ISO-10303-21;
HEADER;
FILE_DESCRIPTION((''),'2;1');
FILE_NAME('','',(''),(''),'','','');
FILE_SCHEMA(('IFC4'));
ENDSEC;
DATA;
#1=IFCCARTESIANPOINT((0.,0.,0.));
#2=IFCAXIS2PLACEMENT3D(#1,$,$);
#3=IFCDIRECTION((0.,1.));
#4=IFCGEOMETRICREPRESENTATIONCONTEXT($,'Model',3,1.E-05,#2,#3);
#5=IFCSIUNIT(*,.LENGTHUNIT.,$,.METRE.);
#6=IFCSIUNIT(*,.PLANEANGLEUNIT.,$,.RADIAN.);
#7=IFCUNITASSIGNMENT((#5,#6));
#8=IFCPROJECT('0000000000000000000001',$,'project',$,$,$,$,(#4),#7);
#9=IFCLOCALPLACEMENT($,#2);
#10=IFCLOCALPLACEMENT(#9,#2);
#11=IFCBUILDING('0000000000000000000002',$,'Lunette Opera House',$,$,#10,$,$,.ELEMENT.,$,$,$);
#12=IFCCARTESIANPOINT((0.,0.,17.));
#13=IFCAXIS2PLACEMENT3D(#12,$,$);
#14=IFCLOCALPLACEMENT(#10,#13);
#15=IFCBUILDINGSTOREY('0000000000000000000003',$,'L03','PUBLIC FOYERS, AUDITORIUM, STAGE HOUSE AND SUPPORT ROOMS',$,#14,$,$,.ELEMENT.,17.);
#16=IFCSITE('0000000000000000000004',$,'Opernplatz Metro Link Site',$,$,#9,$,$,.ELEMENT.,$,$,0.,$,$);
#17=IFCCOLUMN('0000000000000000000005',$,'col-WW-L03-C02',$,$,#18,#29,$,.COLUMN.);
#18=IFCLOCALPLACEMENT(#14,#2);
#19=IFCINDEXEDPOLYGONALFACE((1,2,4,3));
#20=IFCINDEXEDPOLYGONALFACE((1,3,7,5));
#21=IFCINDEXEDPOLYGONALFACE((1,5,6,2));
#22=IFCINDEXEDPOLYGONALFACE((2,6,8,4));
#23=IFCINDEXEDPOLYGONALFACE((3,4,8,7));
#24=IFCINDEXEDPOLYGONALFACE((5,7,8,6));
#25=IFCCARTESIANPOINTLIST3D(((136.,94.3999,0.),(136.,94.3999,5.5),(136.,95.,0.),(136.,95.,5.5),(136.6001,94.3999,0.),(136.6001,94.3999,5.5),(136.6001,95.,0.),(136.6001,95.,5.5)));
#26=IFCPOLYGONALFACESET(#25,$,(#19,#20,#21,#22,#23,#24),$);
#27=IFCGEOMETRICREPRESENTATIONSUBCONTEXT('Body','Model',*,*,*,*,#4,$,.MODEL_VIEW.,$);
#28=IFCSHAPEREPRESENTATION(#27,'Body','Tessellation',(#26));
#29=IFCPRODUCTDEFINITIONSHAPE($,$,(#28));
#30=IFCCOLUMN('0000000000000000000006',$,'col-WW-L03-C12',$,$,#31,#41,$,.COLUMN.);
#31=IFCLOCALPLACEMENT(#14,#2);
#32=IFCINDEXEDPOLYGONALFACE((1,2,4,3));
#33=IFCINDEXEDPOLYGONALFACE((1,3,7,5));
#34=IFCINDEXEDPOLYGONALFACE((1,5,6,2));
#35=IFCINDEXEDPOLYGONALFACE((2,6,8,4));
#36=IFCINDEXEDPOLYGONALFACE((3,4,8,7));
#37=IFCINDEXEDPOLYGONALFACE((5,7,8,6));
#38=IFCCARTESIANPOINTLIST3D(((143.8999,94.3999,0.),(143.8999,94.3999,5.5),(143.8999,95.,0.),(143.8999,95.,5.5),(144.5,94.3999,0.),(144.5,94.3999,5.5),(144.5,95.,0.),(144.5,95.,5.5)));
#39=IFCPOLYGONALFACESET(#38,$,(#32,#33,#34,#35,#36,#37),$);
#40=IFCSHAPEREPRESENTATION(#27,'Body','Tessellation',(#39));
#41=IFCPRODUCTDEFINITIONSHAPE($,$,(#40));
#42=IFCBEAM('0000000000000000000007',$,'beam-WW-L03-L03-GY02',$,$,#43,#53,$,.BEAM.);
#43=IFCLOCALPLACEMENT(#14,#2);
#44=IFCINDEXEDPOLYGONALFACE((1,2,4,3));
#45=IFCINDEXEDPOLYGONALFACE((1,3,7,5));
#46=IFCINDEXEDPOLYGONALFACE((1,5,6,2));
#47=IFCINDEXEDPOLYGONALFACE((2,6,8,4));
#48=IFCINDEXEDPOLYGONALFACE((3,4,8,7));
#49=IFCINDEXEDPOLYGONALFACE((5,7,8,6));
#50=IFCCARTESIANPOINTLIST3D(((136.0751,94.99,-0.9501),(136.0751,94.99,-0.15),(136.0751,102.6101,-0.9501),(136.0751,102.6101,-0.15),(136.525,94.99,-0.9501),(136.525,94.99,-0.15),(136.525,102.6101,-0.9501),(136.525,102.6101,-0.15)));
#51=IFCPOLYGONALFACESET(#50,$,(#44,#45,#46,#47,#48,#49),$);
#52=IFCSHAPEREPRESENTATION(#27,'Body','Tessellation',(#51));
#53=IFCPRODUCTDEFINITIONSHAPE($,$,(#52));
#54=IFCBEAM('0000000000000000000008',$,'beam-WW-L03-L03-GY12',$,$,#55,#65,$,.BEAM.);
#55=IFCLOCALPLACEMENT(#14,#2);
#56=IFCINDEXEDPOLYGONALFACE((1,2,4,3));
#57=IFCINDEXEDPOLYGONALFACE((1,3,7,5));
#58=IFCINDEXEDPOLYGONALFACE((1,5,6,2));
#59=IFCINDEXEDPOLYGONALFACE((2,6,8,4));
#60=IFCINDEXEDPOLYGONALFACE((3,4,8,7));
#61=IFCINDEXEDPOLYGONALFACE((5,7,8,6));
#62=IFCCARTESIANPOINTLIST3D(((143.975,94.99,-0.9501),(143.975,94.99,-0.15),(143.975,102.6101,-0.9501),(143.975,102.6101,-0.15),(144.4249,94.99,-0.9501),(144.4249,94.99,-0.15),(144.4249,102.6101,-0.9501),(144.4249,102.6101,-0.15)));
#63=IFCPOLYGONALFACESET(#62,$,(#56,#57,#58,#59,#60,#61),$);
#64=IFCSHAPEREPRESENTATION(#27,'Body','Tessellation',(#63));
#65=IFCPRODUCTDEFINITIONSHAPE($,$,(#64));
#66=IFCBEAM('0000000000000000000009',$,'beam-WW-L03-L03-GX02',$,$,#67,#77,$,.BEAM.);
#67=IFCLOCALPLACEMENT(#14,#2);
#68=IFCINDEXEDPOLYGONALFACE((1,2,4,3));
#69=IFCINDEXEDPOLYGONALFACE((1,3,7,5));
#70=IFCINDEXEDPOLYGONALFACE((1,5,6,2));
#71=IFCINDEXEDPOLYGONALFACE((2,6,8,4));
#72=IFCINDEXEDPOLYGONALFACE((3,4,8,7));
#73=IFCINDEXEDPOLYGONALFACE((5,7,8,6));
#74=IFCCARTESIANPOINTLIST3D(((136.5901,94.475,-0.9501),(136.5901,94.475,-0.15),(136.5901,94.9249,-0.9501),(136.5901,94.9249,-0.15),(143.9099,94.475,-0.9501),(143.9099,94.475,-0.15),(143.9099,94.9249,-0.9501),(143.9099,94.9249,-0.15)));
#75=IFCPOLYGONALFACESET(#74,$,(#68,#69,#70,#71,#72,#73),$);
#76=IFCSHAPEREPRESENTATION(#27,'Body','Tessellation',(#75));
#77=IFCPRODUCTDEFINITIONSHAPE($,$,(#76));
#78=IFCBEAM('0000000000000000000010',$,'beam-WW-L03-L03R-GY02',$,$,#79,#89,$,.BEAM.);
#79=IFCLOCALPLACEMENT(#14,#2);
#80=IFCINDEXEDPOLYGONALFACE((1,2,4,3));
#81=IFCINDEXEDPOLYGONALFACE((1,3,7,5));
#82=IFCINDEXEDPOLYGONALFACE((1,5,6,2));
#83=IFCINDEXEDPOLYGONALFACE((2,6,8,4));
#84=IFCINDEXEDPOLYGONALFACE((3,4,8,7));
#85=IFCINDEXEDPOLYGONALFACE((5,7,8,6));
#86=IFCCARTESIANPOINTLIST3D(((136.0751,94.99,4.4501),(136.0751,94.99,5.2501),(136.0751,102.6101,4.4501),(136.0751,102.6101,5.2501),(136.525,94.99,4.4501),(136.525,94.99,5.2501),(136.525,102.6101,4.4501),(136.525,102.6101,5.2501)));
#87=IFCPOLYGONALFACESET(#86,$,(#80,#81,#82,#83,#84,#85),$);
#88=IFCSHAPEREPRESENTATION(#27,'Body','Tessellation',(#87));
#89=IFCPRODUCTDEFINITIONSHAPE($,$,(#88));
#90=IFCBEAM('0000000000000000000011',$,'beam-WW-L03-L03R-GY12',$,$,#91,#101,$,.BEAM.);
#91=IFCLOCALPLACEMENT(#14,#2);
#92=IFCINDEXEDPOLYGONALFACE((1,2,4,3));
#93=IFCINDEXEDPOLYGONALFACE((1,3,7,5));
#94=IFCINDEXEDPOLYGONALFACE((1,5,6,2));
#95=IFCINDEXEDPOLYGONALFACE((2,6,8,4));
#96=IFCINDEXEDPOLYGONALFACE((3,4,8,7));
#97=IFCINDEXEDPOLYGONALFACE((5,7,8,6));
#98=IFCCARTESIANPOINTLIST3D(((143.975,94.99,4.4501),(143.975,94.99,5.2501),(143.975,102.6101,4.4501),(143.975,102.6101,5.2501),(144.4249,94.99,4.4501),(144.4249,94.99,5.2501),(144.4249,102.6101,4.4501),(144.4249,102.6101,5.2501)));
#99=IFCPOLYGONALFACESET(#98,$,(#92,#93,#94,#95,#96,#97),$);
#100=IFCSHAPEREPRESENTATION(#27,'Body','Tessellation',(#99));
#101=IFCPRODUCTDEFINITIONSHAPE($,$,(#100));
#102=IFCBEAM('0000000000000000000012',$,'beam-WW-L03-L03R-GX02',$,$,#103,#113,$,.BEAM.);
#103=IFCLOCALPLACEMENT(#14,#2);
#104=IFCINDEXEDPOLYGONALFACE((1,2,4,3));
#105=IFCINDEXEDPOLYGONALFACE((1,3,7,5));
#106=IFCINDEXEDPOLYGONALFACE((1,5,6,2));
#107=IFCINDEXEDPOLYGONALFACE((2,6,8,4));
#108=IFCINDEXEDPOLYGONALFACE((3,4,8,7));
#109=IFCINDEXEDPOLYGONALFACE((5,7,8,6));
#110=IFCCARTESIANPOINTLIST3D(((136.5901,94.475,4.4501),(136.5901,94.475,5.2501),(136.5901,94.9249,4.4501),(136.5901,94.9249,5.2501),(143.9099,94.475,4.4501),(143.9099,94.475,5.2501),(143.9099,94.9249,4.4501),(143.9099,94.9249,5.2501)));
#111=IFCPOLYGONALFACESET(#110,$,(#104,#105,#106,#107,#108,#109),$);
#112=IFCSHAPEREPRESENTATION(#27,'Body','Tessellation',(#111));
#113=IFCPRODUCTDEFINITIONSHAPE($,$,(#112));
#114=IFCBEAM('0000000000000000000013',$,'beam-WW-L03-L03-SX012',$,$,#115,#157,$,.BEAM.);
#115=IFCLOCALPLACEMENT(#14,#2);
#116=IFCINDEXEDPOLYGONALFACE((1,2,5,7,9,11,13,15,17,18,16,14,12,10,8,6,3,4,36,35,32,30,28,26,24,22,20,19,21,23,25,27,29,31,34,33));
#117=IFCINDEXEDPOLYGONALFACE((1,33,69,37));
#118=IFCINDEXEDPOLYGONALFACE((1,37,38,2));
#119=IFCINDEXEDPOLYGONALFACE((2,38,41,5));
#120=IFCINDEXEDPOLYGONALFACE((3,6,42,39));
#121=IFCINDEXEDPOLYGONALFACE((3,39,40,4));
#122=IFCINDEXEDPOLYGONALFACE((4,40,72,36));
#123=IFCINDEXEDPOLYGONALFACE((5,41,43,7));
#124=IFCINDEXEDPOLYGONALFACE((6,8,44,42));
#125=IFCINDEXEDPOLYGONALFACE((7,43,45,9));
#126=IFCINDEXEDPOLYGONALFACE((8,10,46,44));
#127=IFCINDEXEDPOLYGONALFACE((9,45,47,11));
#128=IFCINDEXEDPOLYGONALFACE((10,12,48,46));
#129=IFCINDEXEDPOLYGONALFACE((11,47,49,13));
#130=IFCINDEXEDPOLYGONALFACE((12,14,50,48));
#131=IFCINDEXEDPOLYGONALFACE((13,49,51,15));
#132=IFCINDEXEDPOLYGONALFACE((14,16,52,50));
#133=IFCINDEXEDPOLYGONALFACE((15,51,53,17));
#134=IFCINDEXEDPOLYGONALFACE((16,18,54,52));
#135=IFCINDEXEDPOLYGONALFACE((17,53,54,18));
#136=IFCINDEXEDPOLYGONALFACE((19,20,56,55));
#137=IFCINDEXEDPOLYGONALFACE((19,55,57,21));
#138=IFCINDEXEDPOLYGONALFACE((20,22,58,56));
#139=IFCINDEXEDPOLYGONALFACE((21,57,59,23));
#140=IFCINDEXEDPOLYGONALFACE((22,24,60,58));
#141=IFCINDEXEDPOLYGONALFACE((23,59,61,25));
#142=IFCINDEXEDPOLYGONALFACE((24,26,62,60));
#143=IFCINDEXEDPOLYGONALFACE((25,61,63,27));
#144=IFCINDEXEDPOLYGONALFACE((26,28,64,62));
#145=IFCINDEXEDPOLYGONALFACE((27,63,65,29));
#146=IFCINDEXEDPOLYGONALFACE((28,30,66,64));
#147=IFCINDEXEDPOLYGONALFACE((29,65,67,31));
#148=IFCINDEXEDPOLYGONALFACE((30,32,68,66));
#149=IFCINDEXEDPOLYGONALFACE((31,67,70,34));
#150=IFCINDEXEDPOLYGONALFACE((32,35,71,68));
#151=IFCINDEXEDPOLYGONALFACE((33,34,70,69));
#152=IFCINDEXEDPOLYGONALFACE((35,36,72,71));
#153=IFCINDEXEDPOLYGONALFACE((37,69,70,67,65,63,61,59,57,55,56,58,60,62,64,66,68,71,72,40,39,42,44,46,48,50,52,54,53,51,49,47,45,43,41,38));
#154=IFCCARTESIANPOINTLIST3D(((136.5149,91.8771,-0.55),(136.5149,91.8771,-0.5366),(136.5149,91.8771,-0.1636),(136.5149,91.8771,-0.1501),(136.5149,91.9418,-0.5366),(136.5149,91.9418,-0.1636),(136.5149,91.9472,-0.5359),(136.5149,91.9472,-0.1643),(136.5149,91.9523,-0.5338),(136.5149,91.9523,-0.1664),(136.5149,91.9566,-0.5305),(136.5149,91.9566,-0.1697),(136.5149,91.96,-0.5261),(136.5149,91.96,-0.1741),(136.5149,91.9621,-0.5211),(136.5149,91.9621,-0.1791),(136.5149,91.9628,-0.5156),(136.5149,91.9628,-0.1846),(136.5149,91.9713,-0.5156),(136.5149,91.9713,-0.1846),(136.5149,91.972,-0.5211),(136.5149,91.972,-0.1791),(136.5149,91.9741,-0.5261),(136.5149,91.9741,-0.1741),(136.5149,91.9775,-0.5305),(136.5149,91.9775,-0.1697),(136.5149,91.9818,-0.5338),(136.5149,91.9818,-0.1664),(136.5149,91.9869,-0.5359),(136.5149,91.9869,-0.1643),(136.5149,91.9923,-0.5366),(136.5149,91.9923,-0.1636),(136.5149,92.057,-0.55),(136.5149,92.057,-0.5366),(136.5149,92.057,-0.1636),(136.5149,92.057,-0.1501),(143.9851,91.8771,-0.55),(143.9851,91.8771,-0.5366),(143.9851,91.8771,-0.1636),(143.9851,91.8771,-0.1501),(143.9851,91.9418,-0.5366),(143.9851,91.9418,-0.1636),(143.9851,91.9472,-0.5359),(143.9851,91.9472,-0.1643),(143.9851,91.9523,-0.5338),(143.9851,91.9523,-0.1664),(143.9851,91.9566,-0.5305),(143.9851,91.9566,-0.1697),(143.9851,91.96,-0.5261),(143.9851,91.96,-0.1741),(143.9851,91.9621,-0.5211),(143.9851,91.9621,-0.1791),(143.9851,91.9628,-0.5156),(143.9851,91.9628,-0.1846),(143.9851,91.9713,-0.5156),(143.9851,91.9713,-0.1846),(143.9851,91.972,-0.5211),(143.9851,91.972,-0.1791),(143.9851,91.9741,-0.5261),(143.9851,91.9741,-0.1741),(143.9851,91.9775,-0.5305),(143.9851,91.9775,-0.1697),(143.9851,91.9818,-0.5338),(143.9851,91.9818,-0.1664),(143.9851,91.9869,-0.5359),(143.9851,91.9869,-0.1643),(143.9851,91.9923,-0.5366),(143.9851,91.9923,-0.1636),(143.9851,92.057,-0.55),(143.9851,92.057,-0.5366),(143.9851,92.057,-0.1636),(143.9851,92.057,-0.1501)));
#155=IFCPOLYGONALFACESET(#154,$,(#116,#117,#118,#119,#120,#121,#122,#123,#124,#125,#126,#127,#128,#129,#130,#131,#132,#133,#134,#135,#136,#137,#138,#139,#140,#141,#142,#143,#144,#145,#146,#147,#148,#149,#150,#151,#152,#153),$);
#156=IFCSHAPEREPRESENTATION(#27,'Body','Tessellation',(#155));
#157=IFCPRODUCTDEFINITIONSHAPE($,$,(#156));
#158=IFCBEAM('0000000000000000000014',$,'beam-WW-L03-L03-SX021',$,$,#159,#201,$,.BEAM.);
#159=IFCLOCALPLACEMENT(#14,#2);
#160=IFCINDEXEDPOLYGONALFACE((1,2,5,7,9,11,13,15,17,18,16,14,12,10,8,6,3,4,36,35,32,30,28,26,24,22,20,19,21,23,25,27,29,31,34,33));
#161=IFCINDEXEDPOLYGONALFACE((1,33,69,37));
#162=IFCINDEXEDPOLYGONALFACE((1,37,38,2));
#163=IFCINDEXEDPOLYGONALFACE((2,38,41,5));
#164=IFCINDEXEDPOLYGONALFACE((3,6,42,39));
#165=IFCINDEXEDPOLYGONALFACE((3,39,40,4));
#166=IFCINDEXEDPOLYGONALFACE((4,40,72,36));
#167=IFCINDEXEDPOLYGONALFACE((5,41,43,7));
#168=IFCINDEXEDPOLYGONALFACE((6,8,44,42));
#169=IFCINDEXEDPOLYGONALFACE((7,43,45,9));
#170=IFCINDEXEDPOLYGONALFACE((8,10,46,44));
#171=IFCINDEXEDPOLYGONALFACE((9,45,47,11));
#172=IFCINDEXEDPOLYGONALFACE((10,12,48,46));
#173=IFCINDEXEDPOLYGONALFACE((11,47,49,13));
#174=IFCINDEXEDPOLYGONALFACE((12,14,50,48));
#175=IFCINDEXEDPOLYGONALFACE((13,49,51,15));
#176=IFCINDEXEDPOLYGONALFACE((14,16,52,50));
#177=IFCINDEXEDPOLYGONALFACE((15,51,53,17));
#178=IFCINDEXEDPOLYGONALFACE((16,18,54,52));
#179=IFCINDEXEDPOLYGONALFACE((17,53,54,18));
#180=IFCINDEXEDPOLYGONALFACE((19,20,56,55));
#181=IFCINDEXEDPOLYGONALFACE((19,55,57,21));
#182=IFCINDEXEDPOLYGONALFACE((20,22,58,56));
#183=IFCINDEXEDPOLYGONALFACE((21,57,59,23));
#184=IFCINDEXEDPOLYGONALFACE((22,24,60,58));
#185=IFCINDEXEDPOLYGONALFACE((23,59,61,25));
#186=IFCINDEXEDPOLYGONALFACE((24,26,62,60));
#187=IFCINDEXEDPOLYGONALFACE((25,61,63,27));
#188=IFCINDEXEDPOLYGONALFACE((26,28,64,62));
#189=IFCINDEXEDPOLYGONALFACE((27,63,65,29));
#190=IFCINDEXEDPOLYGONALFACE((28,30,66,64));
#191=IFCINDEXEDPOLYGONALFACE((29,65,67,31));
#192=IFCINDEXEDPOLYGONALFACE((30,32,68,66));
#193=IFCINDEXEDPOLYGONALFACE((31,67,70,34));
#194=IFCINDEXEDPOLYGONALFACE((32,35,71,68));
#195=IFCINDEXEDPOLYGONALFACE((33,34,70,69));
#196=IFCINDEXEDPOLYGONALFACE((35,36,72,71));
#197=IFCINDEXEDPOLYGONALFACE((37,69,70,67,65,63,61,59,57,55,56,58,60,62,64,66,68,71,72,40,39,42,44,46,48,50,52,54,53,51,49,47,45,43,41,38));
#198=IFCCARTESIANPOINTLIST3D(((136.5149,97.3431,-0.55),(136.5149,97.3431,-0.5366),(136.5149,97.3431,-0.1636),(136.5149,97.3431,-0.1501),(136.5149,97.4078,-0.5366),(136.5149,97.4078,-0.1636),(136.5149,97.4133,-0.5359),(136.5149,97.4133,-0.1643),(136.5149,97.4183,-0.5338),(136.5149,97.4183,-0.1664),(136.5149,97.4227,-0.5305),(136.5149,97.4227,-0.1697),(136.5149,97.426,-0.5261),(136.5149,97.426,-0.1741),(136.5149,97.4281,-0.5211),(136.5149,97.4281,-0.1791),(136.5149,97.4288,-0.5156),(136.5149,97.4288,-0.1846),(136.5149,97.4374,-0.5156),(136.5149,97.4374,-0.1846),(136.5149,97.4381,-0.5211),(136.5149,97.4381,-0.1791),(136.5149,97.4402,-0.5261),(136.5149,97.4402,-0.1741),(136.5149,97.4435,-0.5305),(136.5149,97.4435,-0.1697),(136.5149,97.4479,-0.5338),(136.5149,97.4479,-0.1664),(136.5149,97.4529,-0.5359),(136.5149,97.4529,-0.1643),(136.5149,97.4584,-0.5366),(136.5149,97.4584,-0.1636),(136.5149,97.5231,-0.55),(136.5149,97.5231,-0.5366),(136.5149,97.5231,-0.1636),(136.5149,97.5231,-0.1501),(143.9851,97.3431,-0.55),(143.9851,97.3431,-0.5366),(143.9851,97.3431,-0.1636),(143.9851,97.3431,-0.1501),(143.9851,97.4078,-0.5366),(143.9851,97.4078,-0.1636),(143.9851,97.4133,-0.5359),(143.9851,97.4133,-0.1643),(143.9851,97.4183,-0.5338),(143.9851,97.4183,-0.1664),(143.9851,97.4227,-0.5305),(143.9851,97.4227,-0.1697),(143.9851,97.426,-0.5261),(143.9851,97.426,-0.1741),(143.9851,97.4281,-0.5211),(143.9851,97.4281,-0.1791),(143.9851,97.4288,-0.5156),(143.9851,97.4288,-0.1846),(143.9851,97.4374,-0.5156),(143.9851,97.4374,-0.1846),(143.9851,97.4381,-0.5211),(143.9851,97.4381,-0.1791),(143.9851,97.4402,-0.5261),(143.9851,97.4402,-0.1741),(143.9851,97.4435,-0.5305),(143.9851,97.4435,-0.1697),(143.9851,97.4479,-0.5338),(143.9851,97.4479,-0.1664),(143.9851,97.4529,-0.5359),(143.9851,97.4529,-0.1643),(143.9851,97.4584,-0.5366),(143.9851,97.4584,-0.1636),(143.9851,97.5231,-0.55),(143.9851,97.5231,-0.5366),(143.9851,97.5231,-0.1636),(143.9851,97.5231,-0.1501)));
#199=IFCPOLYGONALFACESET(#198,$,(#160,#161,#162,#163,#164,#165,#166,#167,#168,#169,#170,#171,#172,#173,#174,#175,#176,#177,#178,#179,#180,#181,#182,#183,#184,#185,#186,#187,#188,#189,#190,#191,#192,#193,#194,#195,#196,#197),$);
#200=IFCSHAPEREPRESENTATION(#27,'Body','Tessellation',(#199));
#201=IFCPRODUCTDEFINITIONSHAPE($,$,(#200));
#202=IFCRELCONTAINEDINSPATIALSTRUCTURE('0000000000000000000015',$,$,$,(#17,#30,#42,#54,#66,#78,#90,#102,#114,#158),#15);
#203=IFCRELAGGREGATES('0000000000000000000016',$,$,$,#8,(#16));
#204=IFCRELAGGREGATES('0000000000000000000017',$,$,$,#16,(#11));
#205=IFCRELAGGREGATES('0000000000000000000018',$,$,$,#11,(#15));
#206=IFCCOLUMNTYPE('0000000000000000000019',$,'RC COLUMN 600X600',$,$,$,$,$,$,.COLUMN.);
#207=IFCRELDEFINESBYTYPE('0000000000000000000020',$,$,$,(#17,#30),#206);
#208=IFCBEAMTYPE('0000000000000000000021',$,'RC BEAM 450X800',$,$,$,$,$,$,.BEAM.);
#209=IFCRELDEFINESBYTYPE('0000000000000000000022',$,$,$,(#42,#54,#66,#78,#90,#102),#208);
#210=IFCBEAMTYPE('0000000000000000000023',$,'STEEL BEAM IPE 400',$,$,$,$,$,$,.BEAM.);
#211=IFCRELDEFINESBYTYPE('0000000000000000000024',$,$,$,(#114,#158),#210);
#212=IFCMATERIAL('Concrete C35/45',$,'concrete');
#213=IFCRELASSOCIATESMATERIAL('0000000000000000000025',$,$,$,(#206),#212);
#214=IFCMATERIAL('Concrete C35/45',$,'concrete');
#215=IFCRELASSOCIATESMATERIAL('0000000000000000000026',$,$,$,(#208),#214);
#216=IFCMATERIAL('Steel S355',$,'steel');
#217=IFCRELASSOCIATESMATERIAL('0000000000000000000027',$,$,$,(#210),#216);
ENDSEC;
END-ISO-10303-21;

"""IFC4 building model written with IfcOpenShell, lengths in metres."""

from ifc_helpers import new_model, si_unit, direction, frame, origin, origin_2d, place, context, subcontext, project, spatial, rectangle, i_section, extrude, material, material_profile, profile_set, type_object, element, save


model = new_model("IFC4")

# Units and contexts
model_context = context("Model", 3, precision=1e-05, world=origin(), true_north=direction((0.0, 1.0)))
body_context = subcontext(model_context, "Body", "Model", "MODEL_VIEW")
ifc_project = project(units=[si_unit("LENGTHUNIT", "METRE"), si_unit("PLANEANGLEUNIT", "RADIAN")], contexts=[model_context])

# Site, building, storey
site_placement = place(None, origin())
site = spatial("IfcSite", under=ifc_project, at=site_placement, Name="Opernplatz Metro Link Site", CompositionType="ELEMENT", RefElevation=0.0)
building_placement = place(site_placement, origin())
building = spatial("IfcBuilding", under=site, at=building_placement, Name="Lunette Opera House", CompositionType="ELEMENT")
storey_placement = place(building_placement, frame((0.0, 0.0, 17.0)))
storey = spatial("IfcBuildingStorey", under=building, at=storey_placement, Name="L03", Description="PUBLIC FOYERS, AUDITORIUM, STAGE HOUSE AND SUPPORT ROOMS", CompositionType="ELEMENT", Elevation=17.0)

# Columns
ifc_material_1 = material(Name="Concrete C35/45", Category="concrete")
ifc_material_profile_1 = material_profile(ifc_material_1, rectangle(XDim=0.6001, YDim=0.6001, at=origin_2d()), Name="RC COLUMN 600X600")
ifc_profile_set_1 = profile_set([ifc_material_profile_1], Name="Concrete C35/45")
column_type = type_object("IfcColumnType", Name="RC COLUMN 600X600", PredefinedType="COLUMN", material=ifc_profile_set_1)
for number, where, z_axis, x_axis, name in (
    (1, (136.3, 94.7, 0.0), (0.0, 0.0, 1.0), (1.0, 0.0, 0.0), "col-WW-L03-C02"),
    (2, (144.2, 94.7, 0.0), (0.0, 0.0, 1.0), (1.0, 0.0, 0.0), "col-WW-L03-C12"),
):
    element("IfcColumn", number, at=place(storey_placement, frame(where, z_axis=z_axis, x_axis=x_axis)), inside=storey, type_object=column_type, Name=name, PredefinedType="COLUMN", context=body_context, shape_type="SweptSolid", body=[
        extrude(rectangle(XDim=0.6001, YDim=0.6001, at=origin_2d()), origin(), (0.0, 0.0, 1.0), 5.5),
    ])

# Beams
ifc_material_2 = material(Name="Concrete C35/45", Category="concrete")
ifc_material_profile_2 = material_profile(ifc_material_2, rectangle(XDim=0.45, YDim=0.8, at=origin_2d()), Name="RC BEAM 450X800")
ifc_profile_set_2 = profile_set([ifc_material_profile_2], Name="Concrete C35/45")
beam_type_1 = type_object("IfcBeamType", Name="RC BEAM 450X800", PredefinedType="BEAM", material=ifc_profile_set_2)
for number, where, z_axis, x_axis, name in (
    (3, (136.3, 94.99, -0.55), (0.0, 1.0, 0.0), (-1.0, 0.0, 0.0), "beam-WW-L03-L03-GY02"),
    (4, (144.2, 94.99, -0.55), (0.0, 1.0, 0.0), (-1.0, 0.0, 0.0), "beam-WW-L03-L03-GY12"),
):
    element("IfcBeam", number, at=place(storey_placement, frame(where, z_axis=z_axis, x_axis=x_axis)), inside=storey, type_object=beam_type_1, Name=name, PredefinedType="BEAM", context=body_context, shape_type="SweptSolid", body=[
        extrude(rectangle(XDim=0.45, YDim=0.8, at=origin_2d()), origin(), (0.0, 0.0, 1.0), 7.6201),
    ])
beam_1_placement = place(storey_placement, frame((136.5901, 94.7, -0.55), z_axis=(1.0, 0.0, 0.0), x_axis=(0.0, 1.0, 0.0)))
element("IfcBeam", 5, at=beam_1_placement, inside=storey, type_object=beam_type_1, Name="beam-WW-L03-L03-GX02", PredefinedType="BEAM", context=body_context, shape_type="SweptSolid", body=[
    extrude(rectangle(XDim=0.45, YDim=0.8, at=origin_2d()), origin(), (0.0, 0.0, 1.0), 7.3198),
])
for number, where, z_axis, x_axis, name in (
    (6, (136.3, 94.99, 4.8501), (0.0, 1.0, 0.0), (-1.0, 0.0, 0.0), "beam-WW-L03-L03R-GY02"),
    (7, (144.2, 94.99, 4.8501), (0.0, 1.0, 0.0), (-1.0, 0.0, 0.0), "beam-WW-L03-L03R-GY12"),
):
    element("IfcBeam", number, at=place(storey_placement, frame(where, z_axis=z_axis, x_axis=x_axis)), inside=storey, type_object=beam_type_1, Name=name, PredefinedType="BEAM", context=body_context, shape_type="SweptSolid", body=[
        extrude(rectangle(XDim=0.45, YDim=0.8, at=origin_2d()), origin(), (0.0, 0.0, 1.0), 7.6201),
    ])
beam_2_placement = place(storey_placement, frame((136.5901, 94.7, 4.8501), z_axis=(1.0, 0.0, 0.0), x_axis=(0.0, 1.0, 0.0)))
element("IfcBeam", 8, at=beam_2_placement, inside=storey, type_object=beam_type_1, Name="beam-WW-L03-L03R-GX02", PredefinedType="BEAM", context=body_context, shape_type="SweptSolid", body=[
    extrude(rectangle(XDim=0.45, YDim=0.8, at=origin_2d()), origin(), (0.0, 0.0, 1.0), 7.3198),
])
ifc_material_3 = material(Name="Steel S355", Category="steel")
ifc_material_profile_3 = material_profile(ifc_material_3, i_section(OverallWidth=0.1799, OverallDepth=0.3999, WebThickness=0.0085, FlangeThickness=0.0134, FilletRadius=0.021, at=origin_2d()), Name="IPE 400")
ifc_profile_set_3 = profile_set([ifc_material_profile_3], Name="Steel S355")
beam_type_2 = type_object("IfcBeamType", Name="STEEL BEAM IPE 400", PredefinedType="BEAM", material=ifc_profile_set_3)
for number, where, z_axis, x_axis, name in (
    (9, (136.5149, 91.967, -0.3501), (1.0, 0.0, 0.0), (0.0, 1.0, 0.0), "beam-WW-L03-L03-SX012"),
    (10, (136.5149, 97.4331, -0.3501), (1.0, 0.0, 0.0), (0.0, 1.0, 0.0), "beam-WW-L03-L03-SX021"),
):
    element("IfcBeam", number, at=place(storey_placement, frame(where, z_axis=z_axis, x_axis=x_axis)), inside=storey, type_object=beam_type_2, Name=name, PredefinedType="BEAM", context=body_context, shape_type="SweptSolid", body=[
        extrude(i_section(OverallWidth=0.1799, OverallDepth=0.3999, WebThickness=0.0085, FlangeThickness=0.0134, FilletRadius=0.021, at=origin_2d()), origin(), (0.0, 0.0, 1.0), 7.4702),
    ])

save(model, "model.ifc")
